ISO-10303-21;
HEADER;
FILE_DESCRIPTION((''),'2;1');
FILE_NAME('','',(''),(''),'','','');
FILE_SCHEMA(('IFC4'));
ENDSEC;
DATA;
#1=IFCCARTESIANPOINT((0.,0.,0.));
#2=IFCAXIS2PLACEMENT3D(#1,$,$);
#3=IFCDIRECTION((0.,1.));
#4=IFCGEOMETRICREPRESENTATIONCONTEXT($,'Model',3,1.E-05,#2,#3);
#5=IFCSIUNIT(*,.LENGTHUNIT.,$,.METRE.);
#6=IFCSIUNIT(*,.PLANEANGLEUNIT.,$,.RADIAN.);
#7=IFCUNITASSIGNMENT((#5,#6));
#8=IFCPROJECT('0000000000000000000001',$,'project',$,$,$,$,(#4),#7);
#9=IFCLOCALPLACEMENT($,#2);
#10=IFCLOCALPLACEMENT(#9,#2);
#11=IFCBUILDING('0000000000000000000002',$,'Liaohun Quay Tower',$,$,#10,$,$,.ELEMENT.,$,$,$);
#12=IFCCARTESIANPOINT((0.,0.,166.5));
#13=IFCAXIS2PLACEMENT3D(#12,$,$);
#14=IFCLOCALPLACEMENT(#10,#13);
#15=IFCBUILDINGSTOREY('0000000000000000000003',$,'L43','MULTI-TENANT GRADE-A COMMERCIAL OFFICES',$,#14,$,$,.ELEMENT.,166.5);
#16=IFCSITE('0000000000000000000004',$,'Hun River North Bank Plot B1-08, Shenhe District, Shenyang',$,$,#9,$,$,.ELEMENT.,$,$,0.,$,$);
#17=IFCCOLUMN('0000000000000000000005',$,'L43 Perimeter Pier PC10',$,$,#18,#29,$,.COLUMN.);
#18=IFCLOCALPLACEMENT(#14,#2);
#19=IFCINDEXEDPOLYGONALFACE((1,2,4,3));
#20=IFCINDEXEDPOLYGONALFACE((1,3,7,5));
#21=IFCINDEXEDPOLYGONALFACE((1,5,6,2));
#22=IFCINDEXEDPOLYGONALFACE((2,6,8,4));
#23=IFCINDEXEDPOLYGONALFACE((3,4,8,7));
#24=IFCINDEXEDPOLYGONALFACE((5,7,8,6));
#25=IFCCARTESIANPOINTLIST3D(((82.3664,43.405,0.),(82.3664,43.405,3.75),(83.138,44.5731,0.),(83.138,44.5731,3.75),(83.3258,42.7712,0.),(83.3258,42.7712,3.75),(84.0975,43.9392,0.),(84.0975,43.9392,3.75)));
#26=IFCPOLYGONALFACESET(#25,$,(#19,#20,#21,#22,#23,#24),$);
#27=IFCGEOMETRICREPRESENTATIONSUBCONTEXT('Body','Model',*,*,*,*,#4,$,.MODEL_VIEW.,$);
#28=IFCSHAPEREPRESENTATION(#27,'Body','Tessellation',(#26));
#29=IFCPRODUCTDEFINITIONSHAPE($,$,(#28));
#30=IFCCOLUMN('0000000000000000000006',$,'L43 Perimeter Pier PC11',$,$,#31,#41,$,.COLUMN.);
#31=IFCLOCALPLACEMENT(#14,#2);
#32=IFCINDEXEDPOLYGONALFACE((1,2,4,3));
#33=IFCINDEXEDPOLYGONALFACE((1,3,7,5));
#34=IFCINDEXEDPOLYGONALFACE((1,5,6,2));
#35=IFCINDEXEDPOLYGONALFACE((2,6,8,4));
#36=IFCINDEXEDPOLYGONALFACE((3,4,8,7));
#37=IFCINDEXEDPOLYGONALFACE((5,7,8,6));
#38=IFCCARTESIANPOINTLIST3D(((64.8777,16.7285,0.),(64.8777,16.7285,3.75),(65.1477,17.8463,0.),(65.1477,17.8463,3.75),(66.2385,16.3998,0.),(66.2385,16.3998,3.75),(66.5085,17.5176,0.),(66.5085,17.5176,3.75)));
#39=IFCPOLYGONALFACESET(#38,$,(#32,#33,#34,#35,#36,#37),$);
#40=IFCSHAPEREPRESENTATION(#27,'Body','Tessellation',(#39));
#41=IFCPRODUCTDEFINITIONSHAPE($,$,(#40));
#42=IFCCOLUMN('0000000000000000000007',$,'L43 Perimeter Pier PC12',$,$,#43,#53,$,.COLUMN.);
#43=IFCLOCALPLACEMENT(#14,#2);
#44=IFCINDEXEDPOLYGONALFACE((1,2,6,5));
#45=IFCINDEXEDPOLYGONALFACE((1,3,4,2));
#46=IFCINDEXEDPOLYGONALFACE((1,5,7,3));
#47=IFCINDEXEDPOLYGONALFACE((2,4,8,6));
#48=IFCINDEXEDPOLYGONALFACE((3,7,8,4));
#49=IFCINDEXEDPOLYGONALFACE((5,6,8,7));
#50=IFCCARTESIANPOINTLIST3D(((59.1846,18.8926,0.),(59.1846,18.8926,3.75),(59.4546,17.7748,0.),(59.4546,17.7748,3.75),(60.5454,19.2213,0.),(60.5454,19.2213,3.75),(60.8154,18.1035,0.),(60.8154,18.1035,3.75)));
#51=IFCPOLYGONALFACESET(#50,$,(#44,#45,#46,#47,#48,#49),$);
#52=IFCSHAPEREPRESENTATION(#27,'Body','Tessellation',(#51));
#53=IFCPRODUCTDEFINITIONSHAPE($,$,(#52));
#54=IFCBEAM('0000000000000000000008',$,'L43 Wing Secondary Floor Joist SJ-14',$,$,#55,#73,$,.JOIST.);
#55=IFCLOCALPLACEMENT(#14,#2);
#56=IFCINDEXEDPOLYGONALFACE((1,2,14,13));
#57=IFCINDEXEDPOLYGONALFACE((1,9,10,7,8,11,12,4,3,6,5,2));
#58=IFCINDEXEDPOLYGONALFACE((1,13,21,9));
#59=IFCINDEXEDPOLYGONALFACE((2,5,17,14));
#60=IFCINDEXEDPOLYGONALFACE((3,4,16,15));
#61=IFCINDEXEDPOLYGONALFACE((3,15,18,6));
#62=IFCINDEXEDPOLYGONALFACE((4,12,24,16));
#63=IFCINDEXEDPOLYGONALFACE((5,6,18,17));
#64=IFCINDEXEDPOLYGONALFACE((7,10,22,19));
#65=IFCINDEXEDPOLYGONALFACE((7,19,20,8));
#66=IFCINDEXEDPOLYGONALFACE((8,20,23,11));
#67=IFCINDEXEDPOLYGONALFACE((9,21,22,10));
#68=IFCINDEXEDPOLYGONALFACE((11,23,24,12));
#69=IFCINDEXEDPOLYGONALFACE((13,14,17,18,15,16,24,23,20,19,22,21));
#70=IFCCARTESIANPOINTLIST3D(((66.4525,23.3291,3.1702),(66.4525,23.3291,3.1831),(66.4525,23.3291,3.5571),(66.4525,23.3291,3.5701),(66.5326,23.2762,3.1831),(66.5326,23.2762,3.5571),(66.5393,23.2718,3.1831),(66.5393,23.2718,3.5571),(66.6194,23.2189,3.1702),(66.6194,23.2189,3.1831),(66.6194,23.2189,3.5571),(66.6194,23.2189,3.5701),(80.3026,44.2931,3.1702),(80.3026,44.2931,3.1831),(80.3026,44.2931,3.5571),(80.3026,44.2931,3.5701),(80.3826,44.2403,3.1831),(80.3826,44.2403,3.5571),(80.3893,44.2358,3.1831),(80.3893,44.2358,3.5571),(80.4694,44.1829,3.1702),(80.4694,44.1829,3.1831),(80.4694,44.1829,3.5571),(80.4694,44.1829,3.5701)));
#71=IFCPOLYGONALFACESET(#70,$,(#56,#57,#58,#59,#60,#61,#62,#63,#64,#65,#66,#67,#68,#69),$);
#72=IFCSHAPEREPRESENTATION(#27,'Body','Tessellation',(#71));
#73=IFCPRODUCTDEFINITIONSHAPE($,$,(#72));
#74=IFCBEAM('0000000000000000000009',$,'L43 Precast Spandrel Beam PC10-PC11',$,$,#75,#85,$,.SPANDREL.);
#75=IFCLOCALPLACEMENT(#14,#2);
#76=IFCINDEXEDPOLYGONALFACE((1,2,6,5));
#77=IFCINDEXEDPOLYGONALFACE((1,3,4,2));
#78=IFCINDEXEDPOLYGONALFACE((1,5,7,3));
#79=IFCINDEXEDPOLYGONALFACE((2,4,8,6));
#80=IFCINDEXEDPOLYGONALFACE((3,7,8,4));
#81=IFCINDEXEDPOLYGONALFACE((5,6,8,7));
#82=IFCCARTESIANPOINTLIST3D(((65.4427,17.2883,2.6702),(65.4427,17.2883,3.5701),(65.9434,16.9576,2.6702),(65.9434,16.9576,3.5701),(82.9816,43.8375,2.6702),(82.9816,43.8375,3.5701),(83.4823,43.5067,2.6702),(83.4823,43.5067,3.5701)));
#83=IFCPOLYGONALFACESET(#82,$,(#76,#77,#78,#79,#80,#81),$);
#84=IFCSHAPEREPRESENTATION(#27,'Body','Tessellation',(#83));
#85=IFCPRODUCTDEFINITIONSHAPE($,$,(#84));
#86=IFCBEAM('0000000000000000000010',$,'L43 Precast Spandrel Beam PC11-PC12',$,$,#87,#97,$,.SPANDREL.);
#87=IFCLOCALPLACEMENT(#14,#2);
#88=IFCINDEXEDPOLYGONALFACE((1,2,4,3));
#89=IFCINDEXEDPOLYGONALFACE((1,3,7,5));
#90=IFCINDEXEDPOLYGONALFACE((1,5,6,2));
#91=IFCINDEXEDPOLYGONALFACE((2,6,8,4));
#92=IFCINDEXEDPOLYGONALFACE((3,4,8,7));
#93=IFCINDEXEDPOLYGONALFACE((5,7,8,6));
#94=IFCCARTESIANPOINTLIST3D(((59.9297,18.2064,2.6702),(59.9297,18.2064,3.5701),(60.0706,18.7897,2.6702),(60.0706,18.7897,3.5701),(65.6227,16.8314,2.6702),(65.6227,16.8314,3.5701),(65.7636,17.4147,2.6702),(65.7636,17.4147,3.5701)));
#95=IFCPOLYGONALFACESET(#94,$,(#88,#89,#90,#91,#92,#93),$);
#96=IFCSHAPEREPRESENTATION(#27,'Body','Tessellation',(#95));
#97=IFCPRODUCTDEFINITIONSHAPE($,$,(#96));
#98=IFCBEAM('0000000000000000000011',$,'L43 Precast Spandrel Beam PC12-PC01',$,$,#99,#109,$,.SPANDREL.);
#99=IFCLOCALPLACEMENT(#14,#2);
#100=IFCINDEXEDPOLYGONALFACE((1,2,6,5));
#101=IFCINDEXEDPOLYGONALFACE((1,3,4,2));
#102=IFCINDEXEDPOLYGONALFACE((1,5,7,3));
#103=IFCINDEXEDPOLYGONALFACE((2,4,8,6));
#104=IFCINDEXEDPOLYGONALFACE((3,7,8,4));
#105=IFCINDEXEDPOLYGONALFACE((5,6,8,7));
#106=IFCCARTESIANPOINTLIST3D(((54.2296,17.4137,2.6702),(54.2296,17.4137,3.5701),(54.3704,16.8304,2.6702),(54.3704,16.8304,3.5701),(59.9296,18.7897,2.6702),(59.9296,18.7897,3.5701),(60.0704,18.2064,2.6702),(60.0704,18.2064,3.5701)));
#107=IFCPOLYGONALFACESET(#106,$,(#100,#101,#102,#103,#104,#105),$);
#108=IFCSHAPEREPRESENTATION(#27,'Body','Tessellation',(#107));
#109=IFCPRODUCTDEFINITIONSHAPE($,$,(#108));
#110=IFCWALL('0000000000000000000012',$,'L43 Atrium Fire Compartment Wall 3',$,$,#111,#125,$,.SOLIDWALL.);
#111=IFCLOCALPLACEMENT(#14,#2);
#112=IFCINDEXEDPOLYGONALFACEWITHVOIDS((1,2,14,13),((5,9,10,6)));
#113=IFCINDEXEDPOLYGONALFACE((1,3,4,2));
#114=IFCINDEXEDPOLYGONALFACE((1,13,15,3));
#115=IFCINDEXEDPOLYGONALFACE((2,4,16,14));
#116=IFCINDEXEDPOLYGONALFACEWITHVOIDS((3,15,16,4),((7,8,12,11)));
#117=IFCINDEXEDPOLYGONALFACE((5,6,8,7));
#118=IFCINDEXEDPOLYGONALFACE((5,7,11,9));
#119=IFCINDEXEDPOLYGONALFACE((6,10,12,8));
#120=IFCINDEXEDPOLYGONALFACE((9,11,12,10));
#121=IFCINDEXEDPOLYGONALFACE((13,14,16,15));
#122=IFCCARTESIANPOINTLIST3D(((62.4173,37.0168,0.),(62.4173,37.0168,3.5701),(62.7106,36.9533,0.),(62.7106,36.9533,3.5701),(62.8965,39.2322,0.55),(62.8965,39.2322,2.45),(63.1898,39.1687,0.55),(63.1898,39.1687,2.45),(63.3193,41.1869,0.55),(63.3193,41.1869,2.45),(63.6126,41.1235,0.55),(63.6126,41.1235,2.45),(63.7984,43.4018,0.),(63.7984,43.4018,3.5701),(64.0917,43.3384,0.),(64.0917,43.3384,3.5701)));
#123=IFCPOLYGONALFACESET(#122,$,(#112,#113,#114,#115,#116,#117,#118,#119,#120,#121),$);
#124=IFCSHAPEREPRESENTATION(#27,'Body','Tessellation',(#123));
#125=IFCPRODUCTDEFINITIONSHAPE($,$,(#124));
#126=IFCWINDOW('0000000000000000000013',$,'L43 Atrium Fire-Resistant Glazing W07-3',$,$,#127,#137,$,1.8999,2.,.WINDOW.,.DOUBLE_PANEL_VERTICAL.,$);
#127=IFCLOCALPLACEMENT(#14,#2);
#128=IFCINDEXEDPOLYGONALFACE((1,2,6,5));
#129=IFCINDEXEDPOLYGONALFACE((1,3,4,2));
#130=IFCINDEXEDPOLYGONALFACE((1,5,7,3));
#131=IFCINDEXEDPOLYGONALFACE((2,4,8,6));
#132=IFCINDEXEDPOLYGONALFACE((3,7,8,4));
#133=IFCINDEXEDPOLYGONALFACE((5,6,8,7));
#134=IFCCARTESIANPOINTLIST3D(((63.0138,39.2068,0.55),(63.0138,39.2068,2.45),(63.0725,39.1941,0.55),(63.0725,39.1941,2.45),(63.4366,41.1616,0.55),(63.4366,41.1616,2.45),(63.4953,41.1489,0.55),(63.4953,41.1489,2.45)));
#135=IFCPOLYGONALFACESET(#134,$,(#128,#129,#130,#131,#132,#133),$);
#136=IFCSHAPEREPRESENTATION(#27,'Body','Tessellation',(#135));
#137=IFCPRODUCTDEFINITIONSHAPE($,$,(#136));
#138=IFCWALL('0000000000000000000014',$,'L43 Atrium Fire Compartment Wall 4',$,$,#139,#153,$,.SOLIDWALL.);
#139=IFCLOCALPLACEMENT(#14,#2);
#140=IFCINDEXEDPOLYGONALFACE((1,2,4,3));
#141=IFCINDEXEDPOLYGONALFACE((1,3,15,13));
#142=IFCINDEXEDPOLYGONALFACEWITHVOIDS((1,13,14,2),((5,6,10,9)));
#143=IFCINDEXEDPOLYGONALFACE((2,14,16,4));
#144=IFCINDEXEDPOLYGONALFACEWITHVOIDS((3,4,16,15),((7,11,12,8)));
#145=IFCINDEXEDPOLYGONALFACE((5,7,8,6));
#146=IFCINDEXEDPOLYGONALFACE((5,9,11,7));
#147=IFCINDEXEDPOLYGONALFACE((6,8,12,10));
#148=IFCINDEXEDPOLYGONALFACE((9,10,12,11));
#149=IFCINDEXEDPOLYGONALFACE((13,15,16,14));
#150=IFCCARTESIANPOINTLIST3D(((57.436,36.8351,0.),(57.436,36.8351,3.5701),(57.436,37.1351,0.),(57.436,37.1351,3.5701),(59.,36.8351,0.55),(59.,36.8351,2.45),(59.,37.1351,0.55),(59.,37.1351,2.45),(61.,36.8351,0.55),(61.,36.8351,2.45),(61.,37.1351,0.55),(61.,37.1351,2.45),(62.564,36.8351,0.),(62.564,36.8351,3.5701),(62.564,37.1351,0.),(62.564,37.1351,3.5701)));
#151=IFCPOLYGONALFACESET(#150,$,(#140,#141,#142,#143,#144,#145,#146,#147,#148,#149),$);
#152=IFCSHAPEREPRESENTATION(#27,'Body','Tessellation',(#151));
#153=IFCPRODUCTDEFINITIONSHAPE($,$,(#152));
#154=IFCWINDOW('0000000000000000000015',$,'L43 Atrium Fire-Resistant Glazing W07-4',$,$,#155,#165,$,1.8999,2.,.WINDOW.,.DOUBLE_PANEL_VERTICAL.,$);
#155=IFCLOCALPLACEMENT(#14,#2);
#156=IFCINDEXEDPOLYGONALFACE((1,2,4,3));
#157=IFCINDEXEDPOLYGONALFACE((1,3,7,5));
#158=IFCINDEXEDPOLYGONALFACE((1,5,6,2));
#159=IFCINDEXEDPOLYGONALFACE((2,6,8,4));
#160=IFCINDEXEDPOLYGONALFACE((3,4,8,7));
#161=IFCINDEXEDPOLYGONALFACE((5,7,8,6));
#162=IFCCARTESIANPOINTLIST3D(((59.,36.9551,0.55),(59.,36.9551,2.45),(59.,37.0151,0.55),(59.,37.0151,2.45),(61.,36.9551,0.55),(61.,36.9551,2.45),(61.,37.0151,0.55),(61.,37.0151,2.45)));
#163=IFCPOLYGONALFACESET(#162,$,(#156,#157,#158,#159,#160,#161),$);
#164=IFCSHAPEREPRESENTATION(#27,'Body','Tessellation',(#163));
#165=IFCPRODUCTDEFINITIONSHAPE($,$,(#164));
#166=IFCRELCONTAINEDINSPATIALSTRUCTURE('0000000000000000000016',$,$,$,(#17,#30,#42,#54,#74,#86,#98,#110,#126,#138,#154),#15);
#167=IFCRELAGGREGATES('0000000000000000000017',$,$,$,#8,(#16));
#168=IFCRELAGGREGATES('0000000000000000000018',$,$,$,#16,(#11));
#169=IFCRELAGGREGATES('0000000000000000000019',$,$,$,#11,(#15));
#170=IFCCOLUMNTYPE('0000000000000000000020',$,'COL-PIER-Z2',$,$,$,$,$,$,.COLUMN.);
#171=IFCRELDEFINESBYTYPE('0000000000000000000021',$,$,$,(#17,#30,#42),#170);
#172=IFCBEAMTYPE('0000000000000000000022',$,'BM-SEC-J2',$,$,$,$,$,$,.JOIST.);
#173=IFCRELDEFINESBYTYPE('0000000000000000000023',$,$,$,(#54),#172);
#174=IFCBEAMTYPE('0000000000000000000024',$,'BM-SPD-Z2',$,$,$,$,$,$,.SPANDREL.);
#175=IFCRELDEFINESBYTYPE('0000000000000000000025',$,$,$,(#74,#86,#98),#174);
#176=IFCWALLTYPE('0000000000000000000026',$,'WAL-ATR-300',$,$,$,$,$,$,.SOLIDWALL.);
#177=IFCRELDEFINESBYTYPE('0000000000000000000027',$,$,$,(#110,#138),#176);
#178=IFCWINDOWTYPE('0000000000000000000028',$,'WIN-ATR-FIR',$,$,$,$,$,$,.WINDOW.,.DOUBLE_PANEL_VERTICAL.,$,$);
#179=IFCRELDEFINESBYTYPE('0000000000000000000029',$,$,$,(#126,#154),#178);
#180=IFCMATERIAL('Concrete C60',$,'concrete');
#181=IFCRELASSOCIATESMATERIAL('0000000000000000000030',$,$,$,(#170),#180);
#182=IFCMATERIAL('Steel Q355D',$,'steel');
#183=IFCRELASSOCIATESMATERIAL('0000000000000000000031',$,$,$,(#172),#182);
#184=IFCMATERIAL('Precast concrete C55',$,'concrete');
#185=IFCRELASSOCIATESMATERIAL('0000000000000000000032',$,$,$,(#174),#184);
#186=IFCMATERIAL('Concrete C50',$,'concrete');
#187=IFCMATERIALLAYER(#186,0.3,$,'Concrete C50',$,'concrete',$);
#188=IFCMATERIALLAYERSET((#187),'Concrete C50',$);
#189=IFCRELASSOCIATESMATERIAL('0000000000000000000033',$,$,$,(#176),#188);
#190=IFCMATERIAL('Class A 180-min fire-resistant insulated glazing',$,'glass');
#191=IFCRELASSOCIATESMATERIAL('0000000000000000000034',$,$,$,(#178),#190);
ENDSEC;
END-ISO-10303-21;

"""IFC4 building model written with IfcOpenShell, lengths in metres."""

from ifc_helpers import new_model, si_unit, direction, frame, frame_2d, origin, origin_2d, place, context, subcontext, project, spatial, rectangle, i_section, extrude, source, transform, mapped, material, layer, layer_set, material_profile, profile_set, type_object, element, fill, save


model = new_model("IFC4")

# Units and contexts
model_context = context("Model", 3, precision=1e-05, world=origin(), true_north=direction((0.0, 1.0)))
body_context = subcontext(model_context, "Body", "Model", "MODEL_VIEW")
ifc_project = project(units=[si_unit("LENGTHUNIT", "METRE"), si_unit("PLANEANGLEUNIT", "RADIAN")], contexts=[model_context])

# Site, building, storey
site_placement = place(None, origin())
site = spatial("IfcSite", under=ifc_project, at=site_placement, Name="Hun River North Bank Plot B1-08, Shenhe District, Shenyang", CompositionType="ELEMENT", RefElevation=0.0)
building_placement = place(site_placement, origin())
building = spatial("IfcBuilding", under=site, at=building_placement, Name="Liaohun Quay Tower", CompositionType="ELEMENT")
storey_placement = place(building_placement, frame((0.0, 0.0, 166.5)))
storey = spatial("IfcBuildingStorey", under=building, at=storey_placement, Name="L43", Description="MULTI-TENANT GRADE-A COMMERCIAL OFFICES", CompositionType="ELEMENT", Elevation=166.5)

# Columns
ifc_material_1 = material(Name="Concrete C60", Category="concrete")
ifc_material_profile_1 = material_profile(ifc_material_1, rectangle(XDim=1.3999, YDim=1.1499, at=origin_2d()), Name="RC1400x1150")
ifc_profile_set_1 = profile_set([ifc_material_profile_1], Name="Concrete C60")
column_type = type_object("IfcColumnType", Name="COL-PIER-Z2", PredefinedType="COLUMN", material=ifc_profile_set_1)
shared_shape_1 = source(origin(), body_context, "Body", "SweptSolid", [
    extrude(rectangle(XDim=1.3999, YDim=1.1499, at=origin_2d()), origin(), (0.0, 0.0, 1.0), 3.75),
])
for number, where, z_axis, x_axis, name in (
    (1, (83.2319, 43.6721, 0.0), (0.0, 0.0, 1.0), (0.551209, 0.834367, 0.0), "L43 Perimeter Pier PC10"),
    (2, (65.6931, 17.123, 0.0), (0.0, 0.0, 1.0), (-0.972043, 0.234803, 0.0), "L43 Perimeter Pier PC11"),
    (3, (60.0, 18.498, 0.0), (0.0, 0.0, 1.0), (0.972043, 0.234803, 0.0), "L43 Perimeter Pier PC12"),
):
    element("IfcColumn", number, at=place(storey_placement, frame(where, z_axis=z_axis, x_axis=x_axis)), inside=storey, type_object=column_type, Name=name, PredefinedType="COLUMN", context=body_context, shape_type="MappedRepresentation", body=[
        mapped(shared_shape_1, transform((0.0, 0.0, 0.0), x_axis=(1.0, 0.0, 0.0), y_axis=(0.0, 1.0, 0.0), z_axis=(0.0, 0.0, 1.0), scale=1.0)),
    ])

# Beams
ifc_material_2 = material(Name="Steel Q355D", Category="steel")
ifc_material_profile_2 = material_profile(ifc_material_2, i_section(OverallWidth=0.2, OverallDepth=0.3999, WebThickness=0.0081, FlangeThickness=0.0129, at=origin_2d()), Name="HN400x200x8x13")
ifc_profile_set_2 = profile_set([ifc_material_profile_2], Name="Steel Q355D")
beam_type_1 = type_object("IfcBeamType", Name="BM-SEC-J2", PredefinedType="JOIST", material=ifc_profile_set_2)
shared_shape_2 = source(origin(), body_context, "Body", "SweptSolid", [
    extrude(i_section(OverallWidth=0.2, OverallDepth=0.3999, WebThickness=0.0081, FlangeThickness=0.0129, at=origin_2d()), origin(), (0.0, 0.0, 1.0), 25.126),
])
beam_1_placement = place(storey_placement, frame((80.386, 44.238, 3.3701), z_axis=(-0.551224, -0.834357, 0.0), x_axis=(0.834357, -0.551224, 0.0)))
element("IfcBeam", 4, at=beam_1_placement, inside=storey, type_object=beam_type_1, Name="L43 Wing Secondary Floor Joist SJ-14", PredefinedType="JOIST", context=body_context, shape_type="MappedRepresentation", body=[
    mapped(shared_shape_2, transform((0.0, 0.0, 0.0), x_axis=(1.0, 0.0, 0.0), y_axis=(0.0, 1.0, 0.0), z_axis=(0.0, 0.0, 1.0), scale=1.0)),
])
ifc_material_3 = material(Name="Precast concrete C55", Category="concrete")
ifc_material_profile_3 = material_profile(ifc_material_3, rectangle(XDim=0.6001, YDim=0.8999, at=origin_2d()), Name="RC600x900")
ifc_profile_set_3 = profile_set([ifc_material_profile_3], Name="Precast concrete C55")
beam_type_2 = type_object("IfcBeamType", Name="BM-SPD-Z2", PredefinedType="SPANDREL", material=ifc_profile_set_3)
shared_shape_3 = source(origin(), body_context, "Body", "SweptSolid", [
    extrude(rectangle(XDim=0.6001, YDim=0.8999, at=origin_2d()), origin(), (0.0, 0.0, 1.0), 31.8193),
])
beam_2_placement = place(storey_placement, frame((83.2319, 43.6721, 3.1201), z_axis=(-0.551202, -0.834372, 0.0), x_axis=(0.834372, -0.551202, 0.0)))
element("IfcBeam", 5, at=beam_2_placement, inside=storey, type_object=beam_type_2, Name="L43 Precast Spandrel Beam PC10-PC11", PredefinedType="SPANDREL", context=body_context, shape_type="MappedRepresentation", body=[
    mapped(shared_shape_3, transform((0.0, 0.0, 0.0), x_axis=(1.0, 0.0, 0.0), y_axis=(0.0, 1.0, 0.0), z_axis=(0.0, 0.0, 1.0), scale=1.0)),
])
shared_shape_4 = source(origin(), body_context, "Body", "SweptSolid", [
    extrude(rectangle(XDim=0.6001, YDim=0.8999, at=origin_2d()), origin(), (0.0, 0.0, 1.0), 5.8567),
])
beam_3_placement = place(storey_placement, frame((65.6931, 17.123, 3.1201), z_axis=(-0.972051, 0.23477, 0.0), x_axis=(-0.23477, -0.972051, 0.0)))
element("IfcBeam", 6, at=beam_3_placement, inside=storey, type_object=beam_type_2, Name="L43 Precast Spandrel Beam PC11-PC12", PredefinedType="SPANDREL", context=body_context, shape_type="MappedRepresentation", body=[
    mapped(shared_shape_4, transform((0.0, 0.0, 0.0), x_axis=(1.0, 0.0, 0.0), y_axis=(0.0, 1.0, 0.0), z_axis=(0.0, 0.0, 1.0), scale=1.0)),
])
shared_shape_5 = source(origin(), body_context, "Body", "SweptSolid", [
    extrude(rectangle(XDim=0.6001, YDim=0.8999, at=origin_2d()), origin(), (0.0, 0.0, 1.0), 5.8638),
])
beam_4_placement = place(storey_placement, frame((60.0, 18.498, 3.1201), z_axis=(-0.972077, -0.234661, 0.0), x_axis=(0.234661, -0.972077, 0.0)))
element("IfcBeam", 7, at=beam_4_placement, inside=storey, type_object=beam_type_2, Name="L43 Precast Spandrel Beam PC12-PC01", PredefinedType="SPANDREL", context=body_context, shape_type="MappedRepresentation", body=[
    mapped(shared_shape_5, transform((0.0, 0.0, 0.0), x_axis=(1.0, 0.0, 0.0), y_axis=(0.0, 1.0, 0.0), z_axis=(0.0, 0.0, 1.0), scale=1.0)),
])

# Walls, openings, windows
ifc_material_4 = material(Name="Concrete C50", Category="concrete")
ifc_layer_1 = layer(ifc_material_4, 0.3, Name="Concrete C50", Category="concrete")
ifc_layer_set_1 = layer_set([ifc_layer_1], Name="Concrete C50")
wall_type_1 = type_object("IfcWallType", Name="WAL-ATR-300", PredefinedType="SOLIDWALL", material=ifc_layer_set_1)
wall_1_placement = place(storey_placement, frame((63.9451, 43.3701, 0.0), z_axis=(0.0, 0.0, 1.0), x_axis=(-0.211415, -0.977396, 0.0)))
wall_1 = element("IfcWall", 8, at=wall_1_placement, inside=storey, type_object=wall_type_1, Name="L43 Atrium Fire Compartment Wall 3", PredefinedType="SOLIDWALL", context=body_context, shape_type="SweptSolid", body=[
    extrude(rectangle(XDim=6.5327, YDim=0.3, at=frame_2d((3.2664, 0.0))), origin(), (0.0, 0.0, 1.0), 3.5701),
])
shared_shape_6 = source(origin(), body_context, "Body", "SweptSolid", [
    extrude(rectangle(XDim=2.0, YDim=1.8999, at=frame_2d((1.0, 0.95))), frame((0.0, 0.1599, 0.0), z_axis=(0.0, -1.0, 0.0), x_axis=(1.0, 0.0, 0.0)), (0.0, 0.0, 1.0), 0.3201),
])
opening_1_placement = place(wall_1_placement, frame((2.2661, 0.0, 0.55)))
opening_1 = element("IfcOpeningElement", 9, at=opening_1_placement, cuts=wall_1, PredefinedType="OPENING", context=body_context, shape_type="MappedRepresentation", body=[
    mapped(shared_shape_6, transform((0.0, 0.0, 0.0), x_axis=(1.0, 0.0, 0.0), y_axis=(0.0, 1.0, 0.0), z_axis=(0.0, 0.0, 1.0), scale=1.0)),
])
ifc_material_5 = material(Name="Class A 180-min fire-resistant insulated glazing", Category="glass")
window_type_1 = type_object("IfcWindowType", Name="WIN-ATR-FIR", PartitioningType="DOUBLE_PANEL_VERTICAL", PredefinedType="WINDOW", material=ifc_material_5)
shared_shape_7 = source(origin(), body_context, "Body", "SweptSolid", [
    extrude(rectangle(XDim=2.0, YDim=1.8999, at=frame_2d((1.0, 0.95))), frame((0.0, 0.03, 0.0), z_axis=(0.0, -1.0, 0.0), x_axis=(1.0, 0.0, 0.0)), (0.0, 0.0, 1.0), 0.0601),
])
window_1_placement = place(opening_1_placement, origin())
window_1 = element("IfcWindow", 10, at=window_1_placement, inside=storey, type_object=window_type_1, Name="L43 Atrium Fire-Resistant Glazing W07-3", OverallHeight=1.8999, OverallWidth=2.0, PartitioningType="DOUBLE_PANEL_VERTICAL", PredefinedType="WINDOW", context=body_context, shape_type="MappedRepresentation", body=[
    mapped(shared_shape_7, transform((0.0, 0.0, 0.0), x_axis=(1.0, 0.0, 0.0), y_axis=(0.0, 1.0, 0.0), z_axis=(0.0, 0.0, 1.0), scale=1.0)),
])
fill(opening_1, window_1)
wall_2_placement = place(storey_placement, frame((62.564, 36.9851, 0.0), z_axis=(0.0, 0.0, 1.0), x_axis=(-1.0, 0.0, 0.0)))
wall_2 = element("IfcWall", 11, at=wall_2_placement, inside=storey, type_object=wall_type_1, Name="L43 Atrium Fire Compartment Wall 4", PredefinedType="SOLIDWALL", context=body_context, shape_type="SweptSolid", body=[
    extrude(rectangle(XDim=5.1279, YDim=0.3, at=frame_2d((2.564, 0.0))), origin(), (0.0, 0.0, 1.0), 3.5701),
])
opening_2_placement = place(wall_2_placement, frame((1.564, 0.0, 0.55)))
opening_2 = element("IfcOpeningElement", 12, at=opening_2_placement, cuts=wall_2, PredefinedType="OPENING", context=body_context, shape_type="MappedRepresentation", body=[
    mapped(shared_shape_6, transform((0.0, 0.0, 0.0), x_axis=(1.0, 0.0, 0.0), y_axis=(0.0, 1.0, 0.0), z_axis=(0.0, 0.0, 1.0), scale=1.0)),
])
window_2_placement = place(opening_2_placement, origin())
window_2 = element("IfcWindow", 13, at=window_2_placement, inside=storey, type_object=window_type_1, Name="L43 Atrium Fire-Resistant Glazing W07-4", OverallHeight=1.8999, OverallWidth=2.0, PartitioningType="DOUBLE_PANEL_VERTICAL", PredefinedType="WINDOW", context=body_context, shape_type="MappedRepresentation", body=[
    mapped(shared_shape_7, transform((0.0, 0.0, 0.0), x_axis=(1.0, 0.0, 0.0), y_axis=(0.0, 1.0, 0.0), z_axis=(0.0, 0.0, 1.0), scale=1.0)),
])
fill(opening_2, window_2)

save(model, "model.ifc")
